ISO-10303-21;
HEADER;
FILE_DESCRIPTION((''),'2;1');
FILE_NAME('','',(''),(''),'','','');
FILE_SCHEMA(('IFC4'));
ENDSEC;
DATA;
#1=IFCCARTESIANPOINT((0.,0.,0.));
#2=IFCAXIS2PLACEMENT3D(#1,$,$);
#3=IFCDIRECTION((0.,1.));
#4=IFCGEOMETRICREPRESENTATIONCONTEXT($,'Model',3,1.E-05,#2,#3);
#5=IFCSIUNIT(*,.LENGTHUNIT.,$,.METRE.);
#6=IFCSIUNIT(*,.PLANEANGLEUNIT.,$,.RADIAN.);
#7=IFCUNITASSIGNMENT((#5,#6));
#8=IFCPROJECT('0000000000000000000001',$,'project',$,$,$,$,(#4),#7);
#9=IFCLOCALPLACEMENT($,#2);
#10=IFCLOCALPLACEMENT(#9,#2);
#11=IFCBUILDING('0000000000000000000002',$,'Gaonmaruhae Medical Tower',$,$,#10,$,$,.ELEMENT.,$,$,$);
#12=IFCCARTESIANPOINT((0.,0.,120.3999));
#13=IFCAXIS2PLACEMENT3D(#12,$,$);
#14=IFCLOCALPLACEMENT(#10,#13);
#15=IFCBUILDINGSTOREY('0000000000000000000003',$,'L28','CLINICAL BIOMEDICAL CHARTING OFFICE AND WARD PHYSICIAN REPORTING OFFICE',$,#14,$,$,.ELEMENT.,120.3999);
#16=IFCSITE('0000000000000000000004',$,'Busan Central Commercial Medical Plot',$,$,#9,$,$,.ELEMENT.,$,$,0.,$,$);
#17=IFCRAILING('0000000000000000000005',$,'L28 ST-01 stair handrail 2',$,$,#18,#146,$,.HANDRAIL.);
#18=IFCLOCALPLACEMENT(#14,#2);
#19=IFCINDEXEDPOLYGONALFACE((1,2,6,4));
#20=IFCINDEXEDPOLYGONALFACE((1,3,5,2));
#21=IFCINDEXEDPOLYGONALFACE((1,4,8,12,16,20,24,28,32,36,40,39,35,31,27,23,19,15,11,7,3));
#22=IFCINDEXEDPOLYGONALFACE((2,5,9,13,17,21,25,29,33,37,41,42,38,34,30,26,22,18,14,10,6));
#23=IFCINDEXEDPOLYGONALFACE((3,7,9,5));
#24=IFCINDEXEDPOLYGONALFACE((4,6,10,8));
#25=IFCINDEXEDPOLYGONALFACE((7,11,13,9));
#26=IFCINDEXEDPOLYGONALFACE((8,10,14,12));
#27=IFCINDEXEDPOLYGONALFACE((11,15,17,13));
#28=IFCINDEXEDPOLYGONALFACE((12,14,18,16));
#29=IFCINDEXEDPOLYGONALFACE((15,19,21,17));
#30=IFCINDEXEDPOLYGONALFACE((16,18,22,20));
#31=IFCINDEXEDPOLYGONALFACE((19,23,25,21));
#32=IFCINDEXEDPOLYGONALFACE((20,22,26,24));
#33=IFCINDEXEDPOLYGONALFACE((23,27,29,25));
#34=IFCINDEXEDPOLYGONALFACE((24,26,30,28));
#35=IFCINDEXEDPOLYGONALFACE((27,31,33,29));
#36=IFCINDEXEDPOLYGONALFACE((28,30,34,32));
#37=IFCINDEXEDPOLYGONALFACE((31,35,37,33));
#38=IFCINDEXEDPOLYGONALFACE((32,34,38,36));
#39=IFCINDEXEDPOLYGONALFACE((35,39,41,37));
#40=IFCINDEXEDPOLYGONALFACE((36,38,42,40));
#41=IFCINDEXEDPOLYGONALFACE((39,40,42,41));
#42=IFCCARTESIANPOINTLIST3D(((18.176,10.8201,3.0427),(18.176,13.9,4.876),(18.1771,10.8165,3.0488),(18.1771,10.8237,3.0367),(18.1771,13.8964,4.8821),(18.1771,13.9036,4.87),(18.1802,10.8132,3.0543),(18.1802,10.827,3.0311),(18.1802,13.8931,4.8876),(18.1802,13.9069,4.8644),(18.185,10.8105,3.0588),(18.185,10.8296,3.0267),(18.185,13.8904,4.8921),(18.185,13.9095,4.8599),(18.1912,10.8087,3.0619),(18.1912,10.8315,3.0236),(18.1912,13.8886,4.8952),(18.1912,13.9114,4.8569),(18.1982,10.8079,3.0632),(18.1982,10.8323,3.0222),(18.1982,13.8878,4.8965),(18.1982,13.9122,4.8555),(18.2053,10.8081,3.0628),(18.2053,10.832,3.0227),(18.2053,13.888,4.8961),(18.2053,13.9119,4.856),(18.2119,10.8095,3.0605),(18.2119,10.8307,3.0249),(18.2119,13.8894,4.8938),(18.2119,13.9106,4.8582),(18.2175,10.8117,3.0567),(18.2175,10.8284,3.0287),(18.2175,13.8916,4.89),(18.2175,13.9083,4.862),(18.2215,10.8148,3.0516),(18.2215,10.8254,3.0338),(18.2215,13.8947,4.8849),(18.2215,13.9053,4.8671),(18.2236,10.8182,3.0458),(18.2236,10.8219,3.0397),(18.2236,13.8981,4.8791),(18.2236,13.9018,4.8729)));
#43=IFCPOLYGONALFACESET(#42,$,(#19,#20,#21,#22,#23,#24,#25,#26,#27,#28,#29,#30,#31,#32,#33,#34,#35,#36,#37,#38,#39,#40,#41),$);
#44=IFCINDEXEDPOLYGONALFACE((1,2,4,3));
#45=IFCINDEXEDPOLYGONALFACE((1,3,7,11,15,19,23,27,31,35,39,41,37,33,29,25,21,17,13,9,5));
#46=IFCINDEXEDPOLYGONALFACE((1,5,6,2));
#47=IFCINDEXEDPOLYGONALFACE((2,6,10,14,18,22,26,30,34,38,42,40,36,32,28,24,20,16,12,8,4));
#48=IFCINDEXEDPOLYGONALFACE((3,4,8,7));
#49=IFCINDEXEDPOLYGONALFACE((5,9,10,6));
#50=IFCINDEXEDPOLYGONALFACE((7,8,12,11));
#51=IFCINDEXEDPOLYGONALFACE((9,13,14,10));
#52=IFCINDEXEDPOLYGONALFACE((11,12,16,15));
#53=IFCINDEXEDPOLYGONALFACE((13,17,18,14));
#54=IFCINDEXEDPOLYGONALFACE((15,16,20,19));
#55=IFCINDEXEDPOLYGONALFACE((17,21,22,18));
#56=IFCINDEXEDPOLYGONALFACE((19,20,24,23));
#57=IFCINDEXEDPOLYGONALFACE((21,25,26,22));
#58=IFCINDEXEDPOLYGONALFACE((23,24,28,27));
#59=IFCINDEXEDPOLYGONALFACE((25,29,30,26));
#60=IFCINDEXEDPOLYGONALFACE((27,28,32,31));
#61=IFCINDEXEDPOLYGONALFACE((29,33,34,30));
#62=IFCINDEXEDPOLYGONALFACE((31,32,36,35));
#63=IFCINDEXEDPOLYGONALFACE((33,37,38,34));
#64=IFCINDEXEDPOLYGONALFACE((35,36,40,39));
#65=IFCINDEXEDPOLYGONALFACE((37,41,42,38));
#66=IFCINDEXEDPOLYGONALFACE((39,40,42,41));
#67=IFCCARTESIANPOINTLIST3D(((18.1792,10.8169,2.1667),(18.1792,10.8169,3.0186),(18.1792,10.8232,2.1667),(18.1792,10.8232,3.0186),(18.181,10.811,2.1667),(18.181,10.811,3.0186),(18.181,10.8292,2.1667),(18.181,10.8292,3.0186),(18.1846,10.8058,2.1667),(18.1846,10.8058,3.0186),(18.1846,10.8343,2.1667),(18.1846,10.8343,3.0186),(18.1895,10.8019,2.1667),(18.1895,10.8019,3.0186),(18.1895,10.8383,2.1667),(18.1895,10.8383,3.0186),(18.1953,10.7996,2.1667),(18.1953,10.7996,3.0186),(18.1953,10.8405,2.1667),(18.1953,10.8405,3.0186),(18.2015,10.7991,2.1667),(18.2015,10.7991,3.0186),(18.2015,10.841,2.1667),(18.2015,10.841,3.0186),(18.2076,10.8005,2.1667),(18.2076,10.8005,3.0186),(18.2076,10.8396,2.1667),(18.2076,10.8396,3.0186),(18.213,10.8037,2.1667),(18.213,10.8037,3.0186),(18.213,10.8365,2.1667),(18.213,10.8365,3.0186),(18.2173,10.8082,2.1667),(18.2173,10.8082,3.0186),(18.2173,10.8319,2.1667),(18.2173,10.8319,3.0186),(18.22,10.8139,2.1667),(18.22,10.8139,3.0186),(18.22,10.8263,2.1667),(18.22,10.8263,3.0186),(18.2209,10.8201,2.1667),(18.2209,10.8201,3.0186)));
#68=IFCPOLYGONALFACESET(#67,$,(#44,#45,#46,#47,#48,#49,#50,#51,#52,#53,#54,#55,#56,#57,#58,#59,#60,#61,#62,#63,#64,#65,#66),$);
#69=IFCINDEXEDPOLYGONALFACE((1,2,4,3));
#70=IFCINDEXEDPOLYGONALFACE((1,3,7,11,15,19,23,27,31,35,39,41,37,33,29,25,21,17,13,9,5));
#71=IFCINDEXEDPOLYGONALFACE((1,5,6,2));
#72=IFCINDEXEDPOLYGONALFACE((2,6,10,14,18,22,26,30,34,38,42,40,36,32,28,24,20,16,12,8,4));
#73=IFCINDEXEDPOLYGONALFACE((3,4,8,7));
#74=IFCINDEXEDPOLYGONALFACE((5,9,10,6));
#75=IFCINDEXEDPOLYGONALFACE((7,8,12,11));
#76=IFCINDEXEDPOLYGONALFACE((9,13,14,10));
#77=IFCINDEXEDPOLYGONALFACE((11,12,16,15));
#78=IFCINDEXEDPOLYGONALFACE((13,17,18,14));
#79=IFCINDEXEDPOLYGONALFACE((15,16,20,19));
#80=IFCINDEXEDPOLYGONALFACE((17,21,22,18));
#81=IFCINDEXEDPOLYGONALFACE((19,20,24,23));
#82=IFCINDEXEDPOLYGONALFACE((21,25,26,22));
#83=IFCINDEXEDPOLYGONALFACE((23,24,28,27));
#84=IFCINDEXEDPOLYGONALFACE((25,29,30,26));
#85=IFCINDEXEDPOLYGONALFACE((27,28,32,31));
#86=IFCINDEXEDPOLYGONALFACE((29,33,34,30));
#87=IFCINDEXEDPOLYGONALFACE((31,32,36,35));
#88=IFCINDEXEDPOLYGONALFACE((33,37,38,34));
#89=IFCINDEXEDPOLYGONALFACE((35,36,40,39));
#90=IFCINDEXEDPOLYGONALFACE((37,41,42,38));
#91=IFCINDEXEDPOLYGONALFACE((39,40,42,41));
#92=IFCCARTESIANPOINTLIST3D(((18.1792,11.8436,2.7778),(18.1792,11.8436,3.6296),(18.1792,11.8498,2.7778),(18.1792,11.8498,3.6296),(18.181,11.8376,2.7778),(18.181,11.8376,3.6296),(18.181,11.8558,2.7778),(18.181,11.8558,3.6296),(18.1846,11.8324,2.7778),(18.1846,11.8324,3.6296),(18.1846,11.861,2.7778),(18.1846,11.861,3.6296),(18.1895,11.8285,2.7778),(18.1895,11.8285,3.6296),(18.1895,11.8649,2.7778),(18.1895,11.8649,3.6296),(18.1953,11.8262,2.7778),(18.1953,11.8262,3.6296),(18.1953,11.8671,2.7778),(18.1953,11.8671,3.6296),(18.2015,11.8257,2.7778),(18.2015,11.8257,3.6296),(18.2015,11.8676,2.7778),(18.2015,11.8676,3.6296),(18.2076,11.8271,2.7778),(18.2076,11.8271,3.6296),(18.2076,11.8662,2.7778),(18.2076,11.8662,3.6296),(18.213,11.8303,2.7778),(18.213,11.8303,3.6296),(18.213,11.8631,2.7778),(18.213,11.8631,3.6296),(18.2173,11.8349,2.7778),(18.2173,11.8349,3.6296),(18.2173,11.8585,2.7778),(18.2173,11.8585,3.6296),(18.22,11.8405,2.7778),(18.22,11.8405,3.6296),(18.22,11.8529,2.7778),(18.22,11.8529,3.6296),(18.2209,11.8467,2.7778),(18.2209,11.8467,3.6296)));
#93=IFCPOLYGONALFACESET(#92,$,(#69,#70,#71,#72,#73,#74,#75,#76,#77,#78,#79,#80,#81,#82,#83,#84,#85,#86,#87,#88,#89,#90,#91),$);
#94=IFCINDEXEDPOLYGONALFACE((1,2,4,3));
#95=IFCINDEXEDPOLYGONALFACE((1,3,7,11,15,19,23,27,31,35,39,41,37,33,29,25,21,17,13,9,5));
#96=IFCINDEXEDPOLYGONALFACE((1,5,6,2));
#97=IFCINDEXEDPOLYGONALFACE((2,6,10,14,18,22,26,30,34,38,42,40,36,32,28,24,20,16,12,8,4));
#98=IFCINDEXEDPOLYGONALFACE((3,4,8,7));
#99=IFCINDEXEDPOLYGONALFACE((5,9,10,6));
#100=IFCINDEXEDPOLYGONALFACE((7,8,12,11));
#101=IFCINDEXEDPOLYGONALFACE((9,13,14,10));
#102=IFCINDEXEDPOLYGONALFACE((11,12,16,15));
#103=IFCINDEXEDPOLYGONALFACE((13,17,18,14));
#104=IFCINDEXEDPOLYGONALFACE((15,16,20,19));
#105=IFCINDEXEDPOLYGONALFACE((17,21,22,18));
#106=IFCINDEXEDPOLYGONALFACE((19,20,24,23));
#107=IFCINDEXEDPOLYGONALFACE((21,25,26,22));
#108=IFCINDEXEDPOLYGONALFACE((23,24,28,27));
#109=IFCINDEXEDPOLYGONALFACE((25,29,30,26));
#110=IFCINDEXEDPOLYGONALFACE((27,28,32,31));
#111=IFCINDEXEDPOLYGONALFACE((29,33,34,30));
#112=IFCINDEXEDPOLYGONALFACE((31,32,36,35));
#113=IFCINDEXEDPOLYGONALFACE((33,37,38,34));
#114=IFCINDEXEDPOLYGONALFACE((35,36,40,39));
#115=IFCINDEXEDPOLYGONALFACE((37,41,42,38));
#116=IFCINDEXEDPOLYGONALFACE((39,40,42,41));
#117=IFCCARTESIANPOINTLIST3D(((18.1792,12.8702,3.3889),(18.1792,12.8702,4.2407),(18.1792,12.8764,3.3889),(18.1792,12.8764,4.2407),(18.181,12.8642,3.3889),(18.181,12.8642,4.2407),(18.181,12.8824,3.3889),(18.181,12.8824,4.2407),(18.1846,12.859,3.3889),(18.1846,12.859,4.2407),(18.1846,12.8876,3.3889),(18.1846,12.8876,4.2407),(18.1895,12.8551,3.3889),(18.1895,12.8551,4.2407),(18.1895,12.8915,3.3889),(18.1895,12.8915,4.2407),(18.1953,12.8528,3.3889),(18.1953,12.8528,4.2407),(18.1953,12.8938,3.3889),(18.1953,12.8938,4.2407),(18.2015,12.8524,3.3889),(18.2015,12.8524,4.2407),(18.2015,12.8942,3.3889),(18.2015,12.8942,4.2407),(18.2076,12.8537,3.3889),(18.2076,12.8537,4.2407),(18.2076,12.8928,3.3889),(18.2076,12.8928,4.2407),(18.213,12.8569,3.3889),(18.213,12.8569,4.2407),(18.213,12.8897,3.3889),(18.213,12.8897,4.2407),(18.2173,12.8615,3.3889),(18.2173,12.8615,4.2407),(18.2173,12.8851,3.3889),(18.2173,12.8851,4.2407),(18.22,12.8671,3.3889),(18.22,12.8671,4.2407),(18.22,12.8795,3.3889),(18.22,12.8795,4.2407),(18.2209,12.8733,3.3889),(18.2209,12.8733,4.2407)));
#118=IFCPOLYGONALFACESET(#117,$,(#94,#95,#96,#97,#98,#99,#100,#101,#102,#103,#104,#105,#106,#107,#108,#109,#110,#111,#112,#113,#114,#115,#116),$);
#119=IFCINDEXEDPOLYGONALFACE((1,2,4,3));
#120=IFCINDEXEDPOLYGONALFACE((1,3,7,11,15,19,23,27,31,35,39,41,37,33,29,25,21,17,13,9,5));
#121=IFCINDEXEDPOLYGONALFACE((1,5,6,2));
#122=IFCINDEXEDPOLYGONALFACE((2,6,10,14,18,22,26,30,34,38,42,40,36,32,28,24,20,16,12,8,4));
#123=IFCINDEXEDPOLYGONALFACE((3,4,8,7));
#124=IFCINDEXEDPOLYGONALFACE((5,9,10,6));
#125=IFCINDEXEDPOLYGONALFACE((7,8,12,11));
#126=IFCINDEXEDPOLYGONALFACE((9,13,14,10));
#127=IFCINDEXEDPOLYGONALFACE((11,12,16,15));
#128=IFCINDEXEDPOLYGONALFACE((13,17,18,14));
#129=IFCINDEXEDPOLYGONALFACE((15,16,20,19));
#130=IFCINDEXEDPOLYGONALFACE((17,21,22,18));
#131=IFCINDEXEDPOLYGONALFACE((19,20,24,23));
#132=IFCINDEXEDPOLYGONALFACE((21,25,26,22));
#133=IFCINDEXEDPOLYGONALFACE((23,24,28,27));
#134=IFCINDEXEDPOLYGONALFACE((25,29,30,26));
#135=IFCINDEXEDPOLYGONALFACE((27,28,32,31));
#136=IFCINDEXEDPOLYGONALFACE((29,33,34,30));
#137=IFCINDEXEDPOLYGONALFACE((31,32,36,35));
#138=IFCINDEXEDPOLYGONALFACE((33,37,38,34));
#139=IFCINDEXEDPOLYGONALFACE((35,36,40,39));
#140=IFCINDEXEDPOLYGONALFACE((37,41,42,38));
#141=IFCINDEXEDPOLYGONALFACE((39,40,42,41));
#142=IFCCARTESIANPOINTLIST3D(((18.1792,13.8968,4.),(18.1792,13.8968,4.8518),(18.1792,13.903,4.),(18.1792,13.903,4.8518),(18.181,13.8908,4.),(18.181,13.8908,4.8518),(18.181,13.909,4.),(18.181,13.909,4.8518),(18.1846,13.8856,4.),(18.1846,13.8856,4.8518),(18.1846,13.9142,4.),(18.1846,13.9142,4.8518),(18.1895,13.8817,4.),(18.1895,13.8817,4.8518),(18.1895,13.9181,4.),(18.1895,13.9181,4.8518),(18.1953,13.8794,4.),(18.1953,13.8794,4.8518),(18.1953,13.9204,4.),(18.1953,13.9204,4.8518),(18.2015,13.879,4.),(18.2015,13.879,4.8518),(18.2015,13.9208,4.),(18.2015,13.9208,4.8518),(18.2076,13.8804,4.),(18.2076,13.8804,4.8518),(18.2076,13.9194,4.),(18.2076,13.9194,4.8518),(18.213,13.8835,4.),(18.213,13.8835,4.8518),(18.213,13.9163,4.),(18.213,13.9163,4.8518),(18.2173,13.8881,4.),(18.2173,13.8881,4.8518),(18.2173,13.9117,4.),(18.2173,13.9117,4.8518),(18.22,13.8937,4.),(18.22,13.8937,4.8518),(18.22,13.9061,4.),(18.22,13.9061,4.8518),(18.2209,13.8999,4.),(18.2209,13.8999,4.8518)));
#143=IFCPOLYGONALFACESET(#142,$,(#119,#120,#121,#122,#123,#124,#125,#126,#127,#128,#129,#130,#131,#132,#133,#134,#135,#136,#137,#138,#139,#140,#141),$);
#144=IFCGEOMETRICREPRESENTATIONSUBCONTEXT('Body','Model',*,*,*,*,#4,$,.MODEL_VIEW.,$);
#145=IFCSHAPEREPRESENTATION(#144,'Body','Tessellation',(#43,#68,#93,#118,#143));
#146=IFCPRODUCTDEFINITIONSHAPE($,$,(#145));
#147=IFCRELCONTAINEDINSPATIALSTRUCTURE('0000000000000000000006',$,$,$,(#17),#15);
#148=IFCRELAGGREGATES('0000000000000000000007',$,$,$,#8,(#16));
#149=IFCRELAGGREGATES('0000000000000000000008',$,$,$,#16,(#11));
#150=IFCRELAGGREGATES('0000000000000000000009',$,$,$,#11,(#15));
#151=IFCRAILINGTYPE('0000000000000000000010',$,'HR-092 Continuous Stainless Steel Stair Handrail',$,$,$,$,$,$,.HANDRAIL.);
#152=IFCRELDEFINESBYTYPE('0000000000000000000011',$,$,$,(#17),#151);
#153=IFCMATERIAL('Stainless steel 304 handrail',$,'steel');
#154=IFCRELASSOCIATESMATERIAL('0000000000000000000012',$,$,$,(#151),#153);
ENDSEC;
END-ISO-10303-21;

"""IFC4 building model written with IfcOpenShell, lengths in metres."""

from ifc_helpers import new_model, si_unit, direction, frame, origin, origin_2d, place, context, subcontext, project, spatial, circle, extrude, material, type_object, element, save


model = new_model("IFC4")

# Units and contexts
model_context = context("Model", 3, precision=1e-05, world=origin(), true_north=direction((0.0, 1.0)))
body_context = subcontext(model_context, "Body", "Model", "MODEL_VIEW")
ifc_project = project(units=[si_unit("LENGTHUNIT", "METRE"), si_unit("PLANEANGLEUNIT", "RADIAN")], contexts=[model_context])

# Site, building, storey
site_placement = place(None, origin())
site = spatial("IfcSite", under=ifc_project, at=site_placement, Name="Busan Central Commercial Medical Plot", CompositionType="ELEMENT", RefElevation=0.0)
building_placement = place(site_placement, origin())
building = spatial("IfcBuilding", under=site, at=building_placement, Name="Gaonmaruhae Medical Tower", CompositionType="ELEMENT")
storey_placement = place(building_placement, frame((0.0, 0.0, 120.3999)))
storey = spatial("IfcBuildingStorey", under=building, at=storey_placement, Name="L28", Description="CLINICAL BIOMEDICAL CHARTING OFFICE AND WARD PHYSICIAN REPORTING OFFICE", CompositionType="ELEMENT", Elevation=120.3999)

# Railing
ifc_material_1 = material(Name="Stainless steel 304 handrail", Category="steel")
railing_type_1 = type_object("IfcRailingType", Name="HR-092 Continuous Stainless Steel Stair Handrail", PredefinedType="HANDRAIL", material=ifc_material_1)
railing_1_placement = place(storey_placement, frame((18.2, 10.8201, 2.1667)))
element("IfcRailing", 1, at=railing_1_placement, inside=storey, type_object=railing_type_1, Name="L28 ST-01 stair handrail 2", PredefinedType="HANDRAIL", context=body_context, shape_type="SweptSolid", body=[
    extrude(circle(Radius=0.0239, at=origin_2d()), frame((0.0, 0.0, 0.876), z_axis=(0.0, 0.859291, 0.511487), x_axis=(-1.0, 0.0, 0.0)), (0.0, 0.0, 1.0), 3.5842),
    extrude(circle(Radius=0.021, at=origin_2d()), origin(), (0.0, 0.0, 1.0), 0.8518),
    extrude(circle(Radius=0.021, at=origin_2d()), frame((0.0, 1.0266, 0.6111)), (0.0, 0.0, 1.0), 0.8518),
    extrude(circle(Radius=0.021, at=origin_2d()), frame((0.0, 2.0532, 1.2222)), (0.0, 0.0, 1.0), 0.8518),
    extrude(circle(Radius=0.021, at=origin_2d()), frame((0.0, 3.0798, 1.8333)), (0.0, 0.0, 1.0), 0.8518),
])

save(model, "model.ifc")
